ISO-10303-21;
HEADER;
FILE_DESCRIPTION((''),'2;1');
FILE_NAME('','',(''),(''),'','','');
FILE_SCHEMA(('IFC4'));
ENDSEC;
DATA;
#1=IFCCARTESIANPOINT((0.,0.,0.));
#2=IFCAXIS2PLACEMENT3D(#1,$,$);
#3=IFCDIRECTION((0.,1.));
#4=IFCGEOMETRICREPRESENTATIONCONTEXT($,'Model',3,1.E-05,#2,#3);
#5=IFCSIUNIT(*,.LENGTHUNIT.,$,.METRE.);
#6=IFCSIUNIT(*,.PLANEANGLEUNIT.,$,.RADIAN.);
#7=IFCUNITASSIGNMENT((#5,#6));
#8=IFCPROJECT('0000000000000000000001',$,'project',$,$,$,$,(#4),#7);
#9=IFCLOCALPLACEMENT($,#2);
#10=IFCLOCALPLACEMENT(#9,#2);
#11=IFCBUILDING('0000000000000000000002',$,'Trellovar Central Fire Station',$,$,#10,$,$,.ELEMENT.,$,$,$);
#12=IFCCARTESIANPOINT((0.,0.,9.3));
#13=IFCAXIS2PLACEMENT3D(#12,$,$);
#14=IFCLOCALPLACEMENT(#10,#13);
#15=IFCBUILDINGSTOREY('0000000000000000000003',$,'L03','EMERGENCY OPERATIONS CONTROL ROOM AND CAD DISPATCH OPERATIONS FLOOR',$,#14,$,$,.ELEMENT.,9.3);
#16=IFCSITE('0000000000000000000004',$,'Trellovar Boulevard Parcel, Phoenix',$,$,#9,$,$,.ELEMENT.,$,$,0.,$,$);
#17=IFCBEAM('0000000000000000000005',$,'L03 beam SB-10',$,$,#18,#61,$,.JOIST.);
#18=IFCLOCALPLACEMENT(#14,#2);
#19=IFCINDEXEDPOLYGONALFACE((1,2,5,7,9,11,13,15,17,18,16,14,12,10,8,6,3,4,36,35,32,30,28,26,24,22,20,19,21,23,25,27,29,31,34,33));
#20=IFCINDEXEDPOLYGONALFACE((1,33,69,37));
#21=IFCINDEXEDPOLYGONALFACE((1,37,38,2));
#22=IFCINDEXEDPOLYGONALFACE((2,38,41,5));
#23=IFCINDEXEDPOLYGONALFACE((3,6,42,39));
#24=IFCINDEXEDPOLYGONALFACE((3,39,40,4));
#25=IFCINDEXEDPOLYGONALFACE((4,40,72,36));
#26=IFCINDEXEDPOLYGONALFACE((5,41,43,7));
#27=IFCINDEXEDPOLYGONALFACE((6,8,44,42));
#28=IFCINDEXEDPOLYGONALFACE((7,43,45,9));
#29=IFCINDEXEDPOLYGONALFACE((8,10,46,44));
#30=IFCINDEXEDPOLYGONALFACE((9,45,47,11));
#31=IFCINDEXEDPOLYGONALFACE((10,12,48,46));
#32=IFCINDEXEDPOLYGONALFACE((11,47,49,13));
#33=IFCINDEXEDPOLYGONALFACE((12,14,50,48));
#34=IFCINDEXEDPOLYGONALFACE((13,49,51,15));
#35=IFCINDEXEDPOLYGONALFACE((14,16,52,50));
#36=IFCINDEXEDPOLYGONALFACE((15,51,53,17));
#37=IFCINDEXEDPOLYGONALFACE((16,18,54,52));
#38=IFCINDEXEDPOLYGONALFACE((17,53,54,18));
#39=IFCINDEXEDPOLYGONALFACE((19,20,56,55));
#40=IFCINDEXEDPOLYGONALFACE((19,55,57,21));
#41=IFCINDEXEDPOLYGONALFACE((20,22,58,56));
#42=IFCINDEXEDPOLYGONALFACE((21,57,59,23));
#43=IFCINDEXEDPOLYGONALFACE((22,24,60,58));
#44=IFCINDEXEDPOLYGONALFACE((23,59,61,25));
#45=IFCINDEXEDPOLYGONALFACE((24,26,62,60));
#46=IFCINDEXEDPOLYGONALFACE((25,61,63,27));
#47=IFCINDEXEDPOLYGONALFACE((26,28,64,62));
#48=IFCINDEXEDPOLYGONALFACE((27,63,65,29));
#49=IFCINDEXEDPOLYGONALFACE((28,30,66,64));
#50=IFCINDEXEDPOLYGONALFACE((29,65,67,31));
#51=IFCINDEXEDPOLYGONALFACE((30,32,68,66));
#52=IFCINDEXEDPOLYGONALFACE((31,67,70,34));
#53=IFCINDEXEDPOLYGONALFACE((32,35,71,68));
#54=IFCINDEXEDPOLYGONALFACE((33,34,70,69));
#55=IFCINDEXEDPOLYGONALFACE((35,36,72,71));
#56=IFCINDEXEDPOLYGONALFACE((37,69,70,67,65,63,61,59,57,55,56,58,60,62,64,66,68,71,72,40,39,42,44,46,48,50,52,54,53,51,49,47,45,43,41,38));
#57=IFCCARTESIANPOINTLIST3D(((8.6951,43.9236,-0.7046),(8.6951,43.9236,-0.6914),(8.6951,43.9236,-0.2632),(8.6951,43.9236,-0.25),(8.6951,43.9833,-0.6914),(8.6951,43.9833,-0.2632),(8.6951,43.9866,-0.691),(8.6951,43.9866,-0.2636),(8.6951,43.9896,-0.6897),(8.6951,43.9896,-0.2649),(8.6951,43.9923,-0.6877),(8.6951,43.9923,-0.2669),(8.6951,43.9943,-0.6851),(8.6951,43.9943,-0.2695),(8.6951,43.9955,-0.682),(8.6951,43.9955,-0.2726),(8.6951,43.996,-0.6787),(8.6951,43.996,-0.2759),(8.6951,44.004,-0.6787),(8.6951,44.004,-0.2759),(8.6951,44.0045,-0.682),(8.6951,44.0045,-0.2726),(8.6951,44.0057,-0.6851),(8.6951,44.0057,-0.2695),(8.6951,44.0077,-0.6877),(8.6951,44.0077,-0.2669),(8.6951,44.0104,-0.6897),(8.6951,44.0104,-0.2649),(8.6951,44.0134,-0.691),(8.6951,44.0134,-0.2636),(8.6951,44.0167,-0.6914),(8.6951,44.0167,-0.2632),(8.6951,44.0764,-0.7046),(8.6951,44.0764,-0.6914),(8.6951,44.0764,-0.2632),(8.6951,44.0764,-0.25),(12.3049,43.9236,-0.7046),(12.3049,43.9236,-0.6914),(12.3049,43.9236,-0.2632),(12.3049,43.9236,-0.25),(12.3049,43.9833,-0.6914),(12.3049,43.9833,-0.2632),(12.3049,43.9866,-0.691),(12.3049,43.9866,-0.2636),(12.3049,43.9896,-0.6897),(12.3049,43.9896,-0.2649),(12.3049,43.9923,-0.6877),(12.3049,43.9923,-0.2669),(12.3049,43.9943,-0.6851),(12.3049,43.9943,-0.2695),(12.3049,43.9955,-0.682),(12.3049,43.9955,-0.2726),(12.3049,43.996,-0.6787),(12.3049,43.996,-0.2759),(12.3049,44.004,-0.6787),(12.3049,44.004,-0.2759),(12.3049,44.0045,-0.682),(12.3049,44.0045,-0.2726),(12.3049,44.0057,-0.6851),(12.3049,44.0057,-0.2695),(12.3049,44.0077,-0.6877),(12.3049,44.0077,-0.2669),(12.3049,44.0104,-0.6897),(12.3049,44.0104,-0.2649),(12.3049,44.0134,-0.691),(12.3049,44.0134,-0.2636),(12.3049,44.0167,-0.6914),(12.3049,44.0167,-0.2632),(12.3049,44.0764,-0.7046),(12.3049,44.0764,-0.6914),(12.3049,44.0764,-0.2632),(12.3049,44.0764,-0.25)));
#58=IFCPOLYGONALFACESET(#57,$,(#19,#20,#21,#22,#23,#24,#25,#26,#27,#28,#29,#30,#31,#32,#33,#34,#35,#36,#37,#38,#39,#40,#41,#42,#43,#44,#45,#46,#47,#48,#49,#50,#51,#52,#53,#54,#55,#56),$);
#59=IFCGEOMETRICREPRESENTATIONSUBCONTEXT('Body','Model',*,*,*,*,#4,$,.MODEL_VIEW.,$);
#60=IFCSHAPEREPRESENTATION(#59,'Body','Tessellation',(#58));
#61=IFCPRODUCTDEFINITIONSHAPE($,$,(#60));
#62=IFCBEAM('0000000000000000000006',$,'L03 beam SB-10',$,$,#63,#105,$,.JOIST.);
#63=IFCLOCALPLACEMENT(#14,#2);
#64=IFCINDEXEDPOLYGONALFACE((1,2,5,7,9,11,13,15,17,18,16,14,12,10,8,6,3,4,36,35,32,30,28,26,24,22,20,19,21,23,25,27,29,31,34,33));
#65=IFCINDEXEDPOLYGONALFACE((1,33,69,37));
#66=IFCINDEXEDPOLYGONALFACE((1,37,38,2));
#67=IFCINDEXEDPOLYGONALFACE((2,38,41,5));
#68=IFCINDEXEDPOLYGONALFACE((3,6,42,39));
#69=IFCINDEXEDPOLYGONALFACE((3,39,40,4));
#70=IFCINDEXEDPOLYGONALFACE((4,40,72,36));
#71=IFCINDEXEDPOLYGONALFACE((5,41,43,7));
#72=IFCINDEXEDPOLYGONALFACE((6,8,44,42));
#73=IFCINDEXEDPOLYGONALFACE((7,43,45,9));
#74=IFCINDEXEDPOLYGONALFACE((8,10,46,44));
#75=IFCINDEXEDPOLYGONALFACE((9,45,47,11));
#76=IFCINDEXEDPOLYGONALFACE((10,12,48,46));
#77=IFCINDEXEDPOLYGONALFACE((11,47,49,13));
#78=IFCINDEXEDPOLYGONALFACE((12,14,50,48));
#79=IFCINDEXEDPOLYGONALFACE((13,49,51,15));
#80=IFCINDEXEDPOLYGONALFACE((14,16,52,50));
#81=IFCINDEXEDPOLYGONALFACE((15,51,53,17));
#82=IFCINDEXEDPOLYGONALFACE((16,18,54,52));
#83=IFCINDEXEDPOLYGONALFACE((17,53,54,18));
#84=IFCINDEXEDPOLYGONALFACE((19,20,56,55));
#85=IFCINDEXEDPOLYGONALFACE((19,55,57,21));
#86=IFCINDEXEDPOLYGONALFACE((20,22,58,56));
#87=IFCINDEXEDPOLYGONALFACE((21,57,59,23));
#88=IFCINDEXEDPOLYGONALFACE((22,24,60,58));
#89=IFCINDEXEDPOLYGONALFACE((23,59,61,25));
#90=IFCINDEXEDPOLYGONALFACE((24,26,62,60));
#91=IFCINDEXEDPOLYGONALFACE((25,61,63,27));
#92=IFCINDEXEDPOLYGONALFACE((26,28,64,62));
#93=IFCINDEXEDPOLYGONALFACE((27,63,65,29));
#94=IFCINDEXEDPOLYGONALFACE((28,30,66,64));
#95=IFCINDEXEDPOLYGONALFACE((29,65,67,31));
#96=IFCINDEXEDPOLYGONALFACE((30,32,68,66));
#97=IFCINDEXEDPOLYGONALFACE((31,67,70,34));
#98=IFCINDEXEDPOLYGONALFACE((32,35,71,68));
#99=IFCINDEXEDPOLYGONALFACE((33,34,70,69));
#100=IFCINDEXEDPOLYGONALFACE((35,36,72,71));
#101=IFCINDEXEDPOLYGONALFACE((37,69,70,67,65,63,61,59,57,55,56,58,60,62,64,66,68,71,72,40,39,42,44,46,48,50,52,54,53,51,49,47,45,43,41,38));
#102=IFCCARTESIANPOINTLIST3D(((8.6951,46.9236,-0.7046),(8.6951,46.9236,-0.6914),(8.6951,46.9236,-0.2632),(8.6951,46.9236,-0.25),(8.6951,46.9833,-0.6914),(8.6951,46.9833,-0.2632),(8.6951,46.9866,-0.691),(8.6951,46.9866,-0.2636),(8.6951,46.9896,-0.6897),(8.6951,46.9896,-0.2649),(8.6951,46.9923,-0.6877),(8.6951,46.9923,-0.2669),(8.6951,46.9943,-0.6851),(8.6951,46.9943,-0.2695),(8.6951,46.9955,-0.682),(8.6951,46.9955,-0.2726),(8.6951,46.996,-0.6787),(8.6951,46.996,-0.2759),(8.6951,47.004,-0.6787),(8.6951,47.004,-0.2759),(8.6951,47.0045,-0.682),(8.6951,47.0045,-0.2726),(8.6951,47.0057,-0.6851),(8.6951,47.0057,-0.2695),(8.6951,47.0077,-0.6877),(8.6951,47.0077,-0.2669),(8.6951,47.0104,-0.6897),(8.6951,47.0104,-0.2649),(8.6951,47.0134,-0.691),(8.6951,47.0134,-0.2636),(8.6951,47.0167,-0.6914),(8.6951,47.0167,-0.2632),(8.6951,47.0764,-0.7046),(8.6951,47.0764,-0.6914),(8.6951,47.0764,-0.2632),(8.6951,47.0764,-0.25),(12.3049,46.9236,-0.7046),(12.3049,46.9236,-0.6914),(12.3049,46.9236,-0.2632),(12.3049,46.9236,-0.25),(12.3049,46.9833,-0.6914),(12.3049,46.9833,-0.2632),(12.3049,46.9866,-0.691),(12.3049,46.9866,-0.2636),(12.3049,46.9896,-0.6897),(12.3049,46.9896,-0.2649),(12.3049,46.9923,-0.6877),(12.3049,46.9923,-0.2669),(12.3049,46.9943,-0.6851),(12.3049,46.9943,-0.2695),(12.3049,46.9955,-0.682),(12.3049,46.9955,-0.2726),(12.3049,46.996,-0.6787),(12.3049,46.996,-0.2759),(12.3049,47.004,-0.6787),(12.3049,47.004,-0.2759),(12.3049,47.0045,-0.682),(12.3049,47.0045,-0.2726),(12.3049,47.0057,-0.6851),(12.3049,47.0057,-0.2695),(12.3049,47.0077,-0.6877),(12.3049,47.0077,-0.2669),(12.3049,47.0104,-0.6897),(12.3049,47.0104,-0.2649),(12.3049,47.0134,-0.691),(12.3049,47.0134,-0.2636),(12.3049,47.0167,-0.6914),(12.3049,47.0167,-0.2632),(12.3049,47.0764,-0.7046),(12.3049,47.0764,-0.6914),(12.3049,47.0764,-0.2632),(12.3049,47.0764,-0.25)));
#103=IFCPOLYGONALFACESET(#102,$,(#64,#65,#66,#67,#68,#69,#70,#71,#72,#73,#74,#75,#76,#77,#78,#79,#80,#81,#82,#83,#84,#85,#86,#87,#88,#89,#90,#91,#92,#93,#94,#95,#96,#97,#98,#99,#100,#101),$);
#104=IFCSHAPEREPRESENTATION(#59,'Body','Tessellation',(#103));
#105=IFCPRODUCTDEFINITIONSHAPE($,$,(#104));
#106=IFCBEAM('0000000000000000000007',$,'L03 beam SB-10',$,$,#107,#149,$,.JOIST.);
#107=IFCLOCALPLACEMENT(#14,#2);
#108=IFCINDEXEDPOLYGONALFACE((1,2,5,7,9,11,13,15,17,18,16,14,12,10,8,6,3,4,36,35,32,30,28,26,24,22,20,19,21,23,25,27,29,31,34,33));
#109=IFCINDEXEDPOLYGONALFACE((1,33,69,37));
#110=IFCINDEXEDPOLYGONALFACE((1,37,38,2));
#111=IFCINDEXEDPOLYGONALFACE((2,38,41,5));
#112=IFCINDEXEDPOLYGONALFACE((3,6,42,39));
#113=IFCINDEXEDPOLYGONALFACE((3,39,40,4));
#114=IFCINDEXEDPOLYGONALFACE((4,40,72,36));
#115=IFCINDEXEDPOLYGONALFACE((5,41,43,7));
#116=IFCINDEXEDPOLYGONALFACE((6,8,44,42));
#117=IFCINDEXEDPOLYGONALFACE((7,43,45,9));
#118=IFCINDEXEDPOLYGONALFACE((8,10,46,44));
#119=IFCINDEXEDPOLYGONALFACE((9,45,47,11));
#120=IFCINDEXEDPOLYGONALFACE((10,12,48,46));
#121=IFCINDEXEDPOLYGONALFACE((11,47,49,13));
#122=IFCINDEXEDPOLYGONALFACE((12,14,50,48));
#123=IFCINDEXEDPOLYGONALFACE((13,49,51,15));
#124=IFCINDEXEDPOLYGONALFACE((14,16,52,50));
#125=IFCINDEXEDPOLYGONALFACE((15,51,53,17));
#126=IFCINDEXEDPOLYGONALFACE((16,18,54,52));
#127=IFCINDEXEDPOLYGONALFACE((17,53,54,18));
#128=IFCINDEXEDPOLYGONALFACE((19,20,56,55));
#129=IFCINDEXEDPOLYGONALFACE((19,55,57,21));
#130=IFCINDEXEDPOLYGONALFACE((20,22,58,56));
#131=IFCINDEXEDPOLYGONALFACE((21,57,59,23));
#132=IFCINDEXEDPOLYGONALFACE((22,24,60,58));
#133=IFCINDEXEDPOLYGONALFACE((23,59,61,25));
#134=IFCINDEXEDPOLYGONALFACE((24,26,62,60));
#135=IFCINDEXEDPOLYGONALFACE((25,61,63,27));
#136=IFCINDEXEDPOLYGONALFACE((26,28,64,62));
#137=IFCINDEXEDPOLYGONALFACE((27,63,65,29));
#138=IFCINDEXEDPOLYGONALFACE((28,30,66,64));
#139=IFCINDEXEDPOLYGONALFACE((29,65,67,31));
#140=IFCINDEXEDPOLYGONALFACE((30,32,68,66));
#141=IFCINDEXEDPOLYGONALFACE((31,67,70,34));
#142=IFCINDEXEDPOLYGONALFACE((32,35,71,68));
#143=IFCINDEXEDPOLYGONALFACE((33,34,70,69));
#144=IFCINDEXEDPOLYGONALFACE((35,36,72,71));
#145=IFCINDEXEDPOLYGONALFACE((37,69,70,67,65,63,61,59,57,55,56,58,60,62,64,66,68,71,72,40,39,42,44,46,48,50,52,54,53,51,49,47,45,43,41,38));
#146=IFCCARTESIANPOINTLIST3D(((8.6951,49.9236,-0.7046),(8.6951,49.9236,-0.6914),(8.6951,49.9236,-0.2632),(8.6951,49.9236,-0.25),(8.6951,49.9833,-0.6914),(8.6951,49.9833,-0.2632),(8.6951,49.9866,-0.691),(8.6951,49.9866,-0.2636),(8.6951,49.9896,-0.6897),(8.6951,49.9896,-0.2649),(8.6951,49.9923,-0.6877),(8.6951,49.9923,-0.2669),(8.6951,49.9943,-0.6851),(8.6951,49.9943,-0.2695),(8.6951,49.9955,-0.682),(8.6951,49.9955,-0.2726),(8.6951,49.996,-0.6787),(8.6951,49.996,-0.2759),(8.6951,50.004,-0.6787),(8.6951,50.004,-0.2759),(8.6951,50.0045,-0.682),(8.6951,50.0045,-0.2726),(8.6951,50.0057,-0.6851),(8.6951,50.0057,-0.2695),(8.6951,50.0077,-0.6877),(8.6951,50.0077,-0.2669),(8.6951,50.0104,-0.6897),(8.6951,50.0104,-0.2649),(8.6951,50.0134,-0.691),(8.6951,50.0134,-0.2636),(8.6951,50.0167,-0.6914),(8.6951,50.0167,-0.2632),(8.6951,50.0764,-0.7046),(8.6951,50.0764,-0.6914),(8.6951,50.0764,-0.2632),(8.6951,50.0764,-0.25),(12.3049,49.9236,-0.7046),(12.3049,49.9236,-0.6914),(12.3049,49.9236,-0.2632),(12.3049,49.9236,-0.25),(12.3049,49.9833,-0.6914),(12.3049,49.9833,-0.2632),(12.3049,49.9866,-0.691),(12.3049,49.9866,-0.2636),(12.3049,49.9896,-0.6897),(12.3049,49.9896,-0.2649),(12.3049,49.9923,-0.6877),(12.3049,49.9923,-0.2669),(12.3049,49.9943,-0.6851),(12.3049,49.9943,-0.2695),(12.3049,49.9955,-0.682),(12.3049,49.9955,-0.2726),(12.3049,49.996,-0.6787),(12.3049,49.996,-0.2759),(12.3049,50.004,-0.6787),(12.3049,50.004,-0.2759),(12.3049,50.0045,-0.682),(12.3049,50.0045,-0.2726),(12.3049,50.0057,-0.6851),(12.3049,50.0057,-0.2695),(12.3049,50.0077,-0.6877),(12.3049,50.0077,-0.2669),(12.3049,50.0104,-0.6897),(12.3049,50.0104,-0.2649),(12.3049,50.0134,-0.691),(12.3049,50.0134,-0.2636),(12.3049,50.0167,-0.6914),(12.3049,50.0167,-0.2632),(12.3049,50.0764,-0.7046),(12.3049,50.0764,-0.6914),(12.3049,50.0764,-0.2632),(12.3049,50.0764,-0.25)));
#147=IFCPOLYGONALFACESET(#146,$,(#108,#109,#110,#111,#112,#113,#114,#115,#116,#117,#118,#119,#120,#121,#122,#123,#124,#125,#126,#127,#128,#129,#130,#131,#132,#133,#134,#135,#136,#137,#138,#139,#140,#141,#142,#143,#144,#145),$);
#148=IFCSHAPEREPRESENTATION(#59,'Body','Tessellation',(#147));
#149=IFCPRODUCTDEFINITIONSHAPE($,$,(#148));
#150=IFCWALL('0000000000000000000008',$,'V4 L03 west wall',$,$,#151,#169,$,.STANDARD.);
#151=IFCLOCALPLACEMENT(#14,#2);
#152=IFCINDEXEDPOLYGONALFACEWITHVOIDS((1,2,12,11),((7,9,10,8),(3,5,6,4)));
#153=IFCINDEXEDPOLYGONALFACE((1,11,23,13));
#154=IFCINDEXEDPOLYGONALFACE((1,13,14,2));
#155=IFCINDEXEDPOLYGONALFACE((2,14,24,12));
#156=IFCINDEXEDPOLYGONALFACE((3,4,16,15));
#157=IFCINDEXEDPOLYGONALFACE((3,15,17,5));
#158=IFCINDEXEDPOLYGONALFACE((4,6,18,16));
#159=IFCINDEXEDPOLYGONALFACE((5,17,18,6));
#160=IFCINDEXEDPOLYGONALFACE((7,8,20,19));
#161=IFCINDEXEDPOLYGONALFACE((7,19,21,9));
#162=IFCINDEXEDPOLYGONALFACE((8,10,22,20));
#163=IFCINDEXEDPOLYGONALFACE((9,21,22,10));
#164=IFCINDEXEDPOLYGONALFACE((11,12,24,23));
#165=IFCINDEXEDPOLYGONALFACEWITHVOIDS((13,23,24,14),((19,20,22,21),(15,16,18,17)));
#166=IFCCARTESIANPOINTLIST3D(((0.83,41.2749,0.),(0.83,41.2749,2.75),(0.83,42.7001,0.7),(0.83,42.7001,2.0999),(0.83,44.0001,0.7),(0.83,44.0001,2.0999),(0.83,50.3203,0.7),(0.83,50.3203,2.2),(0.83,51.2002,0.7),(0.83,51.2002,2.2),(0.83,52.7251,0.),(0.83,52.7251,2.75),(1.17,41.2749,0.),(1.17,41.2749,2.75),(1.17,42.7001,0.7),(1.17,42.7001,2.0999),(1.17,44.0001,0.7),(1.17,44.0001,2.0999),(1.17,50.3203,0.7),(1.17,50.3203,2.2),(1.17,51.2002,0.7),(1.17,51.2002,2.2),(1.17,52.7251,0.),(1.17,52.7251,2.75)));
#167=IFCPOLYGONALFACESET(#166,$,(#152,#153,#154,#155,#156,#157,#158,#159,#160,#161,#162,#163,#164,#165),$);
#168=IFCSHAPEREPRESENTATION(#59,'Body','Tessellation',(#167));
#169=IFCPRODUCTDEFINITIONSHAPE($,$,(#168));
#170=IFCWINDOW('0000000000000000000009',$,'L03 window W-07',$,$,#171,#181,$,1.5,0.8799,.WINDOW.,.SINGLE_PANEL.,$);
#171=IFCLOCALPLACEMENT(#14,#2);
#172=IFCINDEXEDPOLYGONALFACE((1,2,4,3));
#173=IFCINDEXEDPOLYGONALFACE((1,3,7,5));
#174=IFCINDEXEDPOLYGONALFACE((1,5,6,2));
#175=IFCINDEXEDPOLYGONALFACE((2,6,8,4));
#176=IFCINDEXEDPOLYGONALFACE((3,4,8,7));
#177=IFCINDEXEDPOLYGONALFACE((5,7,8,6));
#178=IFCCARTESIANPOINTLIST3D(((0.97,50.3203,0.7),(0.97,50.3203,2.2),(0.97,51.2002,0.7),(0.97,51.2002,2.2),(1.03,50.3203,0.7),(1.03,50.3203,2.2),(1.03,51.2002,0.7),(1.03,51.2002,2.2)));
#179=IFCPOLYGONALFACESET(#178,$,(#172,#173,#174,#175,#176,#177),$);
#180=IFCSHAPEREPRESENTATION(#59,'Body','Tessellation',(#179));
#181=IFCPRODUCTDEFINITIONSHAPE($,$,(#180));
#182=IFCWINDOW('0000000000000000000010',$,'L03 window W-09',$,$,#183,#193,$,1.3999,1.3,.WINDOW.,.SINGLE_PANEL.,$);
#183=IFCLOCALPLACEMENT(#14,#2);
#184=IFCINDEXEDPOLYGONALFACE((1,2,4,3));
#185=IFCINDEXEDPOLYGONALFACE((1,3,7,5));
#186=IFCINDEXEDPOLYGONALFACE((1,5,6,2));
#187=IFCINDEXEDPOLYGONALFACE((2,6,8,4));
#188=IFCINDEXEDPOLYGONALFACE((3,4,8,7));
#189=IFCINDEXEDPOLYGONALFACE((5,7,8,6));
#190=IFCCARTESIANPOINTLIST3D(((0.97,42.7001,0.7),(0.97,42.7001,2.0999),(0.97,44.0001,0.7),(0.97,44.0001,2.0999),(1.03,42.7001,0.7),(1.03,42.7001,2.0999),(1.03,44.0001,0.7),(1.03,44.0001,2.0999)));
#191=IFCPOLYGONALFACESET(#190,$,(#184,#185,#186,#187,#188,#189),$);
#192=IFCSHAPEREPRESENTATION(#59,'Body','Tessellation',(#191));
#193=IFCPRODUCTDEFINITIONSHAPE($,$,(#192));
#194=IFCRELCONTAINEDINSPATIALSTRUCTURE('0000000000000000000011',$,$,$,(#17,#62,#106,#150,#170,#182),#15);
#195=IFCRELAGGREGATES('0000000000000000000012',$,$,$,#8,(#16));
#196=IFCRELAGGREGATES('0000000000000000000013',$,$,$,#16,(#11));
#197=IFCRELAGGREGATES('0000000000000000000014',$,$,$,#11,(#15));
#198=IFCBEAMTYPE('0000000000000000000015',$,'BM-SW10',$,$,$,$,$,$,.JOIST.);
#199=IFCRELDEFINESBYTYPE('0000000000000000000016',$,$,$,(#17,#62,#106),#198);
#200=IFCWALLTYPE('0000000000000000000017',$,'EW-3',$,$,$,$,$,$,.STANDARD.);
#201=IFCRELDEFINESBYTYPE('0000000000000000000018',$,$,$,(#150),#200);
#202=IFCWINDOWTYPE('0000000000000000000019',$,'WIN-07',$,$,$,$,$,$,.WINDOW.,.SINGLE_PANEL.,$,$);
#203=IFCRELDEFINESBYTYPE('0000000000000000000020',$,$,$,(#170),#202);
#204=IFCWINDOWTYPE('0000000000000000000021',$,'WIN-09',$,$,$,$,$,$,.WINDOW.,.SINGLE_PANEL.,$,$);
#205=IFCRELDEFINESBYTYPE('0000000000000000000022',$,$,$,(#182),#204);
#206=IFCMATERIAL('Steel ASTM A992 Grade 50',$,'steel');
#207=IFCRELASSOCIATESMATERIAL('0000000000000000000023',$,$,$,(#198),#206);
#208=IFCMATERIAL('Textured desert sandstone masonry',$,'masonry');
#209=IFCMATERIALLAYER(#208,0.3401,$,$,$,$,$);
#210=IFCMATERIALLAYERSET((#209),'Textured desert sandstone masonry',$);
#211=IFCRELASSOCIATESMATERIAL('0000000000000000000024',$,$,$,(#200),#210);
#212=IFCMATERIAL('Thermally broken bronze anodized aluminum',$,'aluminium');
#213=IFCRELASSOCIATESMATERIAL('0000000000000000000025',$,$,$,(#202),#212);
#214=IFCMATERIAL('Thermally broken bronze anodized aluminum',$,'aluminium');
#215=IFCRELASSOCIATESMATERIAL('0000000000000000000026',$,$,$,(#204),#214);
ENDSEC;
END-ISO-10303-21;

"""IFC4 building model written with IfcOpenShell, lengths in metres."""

from ifc_helpers import new_model, si_unit, direction, frame, frame_2d, origin, origin_2d, place, context, subcontext, project, spatial, rectangle, i_section, extrude, material, layer, layer_set, material_profile, profile_set, type_object, element, fill, save


model = new_model("IFC4")

# Units and contexts
model_context = context("Model", 3, precision=1e-05, world=origin(), true_north=direction((0.0, 1.0)))
body_context = subcontext(model_context, "Body", "Model", "MODEL_VIEW")
ifc_project = project(units=[si_unit("LENGTHUNIT", "METRE"), si_unit("PLANEANGLEUNIT", "RADIAN")], contexts=[model_context])

# Site, building, storey
site_placement = place(None, origin())
site = spatial("IfcSite", under=ifc_project, at=site_placement, Name="Trellovar Boulevard Parcel, Phoenix", CompositionType="ELEMENT", RefElevation=0.0)
building_placement = place(site_placement, origin())
building = spatial("IfcBuilding", under=site, at=building_placement, Name="Trellovar Central Fire Station", CompositionType="ELEMENT")
storey_placement = place(building_placement, frame((0.0, 0.0, 9.3)))
storey = spatial("IfcBuildingStorey", under=building, at=storey_placement, Name="L03", Description="EMERGENCY OPERATIONS CONTROL ROOM AND CAD DISPATCH OPERATIONS FLOOR", CompositionType="ELEMENT", Elevation=9.3)

# Beams
ifc_material_1 = material(Name="Steel ASTM A992 Grade 50", Category="steel")
ifc_material_profile_1 = material_profile(ifc_material_1, i_section(OverallWidth=0.1528, OverallDepth=0.4546, WebThickness=0.0081, FlangeThickness=0.0132, FilletRadius=0.0127, at=origin_2d()), Name="W18X40")
ifc_profile_set_1 = profile_set([ifc_material_profile_1], Name="Steel ASTM A992 Grade 50")
beam_type_1 = type_object("IfcBeamType", Name="BM-SW10", PredefinedType="JOIST", material=ifc_profile_set_1)
for number, where, z_axis, x_axis, name in (
    (1, (8.6951, 44.0, -0.4773), (1.0, 0.0, 0.0), (0.0, 1.0, 0.0), "L03 beam SB-10"),
    (2, (8.6951, 47.0, -0.4773), (1.0, 0.0, 0.0), (0.0, 1.0, 0.0), "L03 beam SB-10"),
    (3, (8.6951, 50.0, -0.4773), (1.0, 0.0, 0.0), (0.0, 1.0, 0.0), "L03 beam SB-10"),
):
    element("IfcBeam", number, at=place(storey_placement, frame(where, z_axis=z_axis, x_axis=x_axis)), inside=storey, type_object=beam_type_1, Name=name, PredefinedType="JOIST", context=body_context, shape_type="SweptSolid", body=[
        extrude(i_section(OverallWidth=0.1528, OverallDepth=0.4546, WebThickness=0.0081, FlangeThickness=0.0132, FilletRadius=0.0127, at=origin_2d()), origin(), (0.0, 0.0, 1.0), 3.6099),
    ])

# Wall, openings, windows
ifc_material_2 = material(Name="Textured desert sandstone masonry", Category="masonry")
ifc_layer_1 = layer(ifc_material_2, 0.3401)
ifc_layer_set_1 = layer_set([ifc_layer_1], Name="Textured desert sandstone masonry")
wall_type_1 = type_object("IfcWallType", Name="EW-3", PredefinedType="STANDARD", material=ifc_layer_set_1)
wall_1_placement = place(storey_placement, frame((1.0, 52.7251, 0.0), z_axis=(0.0, 0.0, 1.0), x_axis=(0.0, -1.0, 0.0)))
wall_1 = element("IfcWall", 4, at=wall_1_placement, inside=storey, type_object=wall_type_1, Name="V4 L03 west wall", PredefinedType="STANDARD", context=body_context, shape_type="SweptSolid", body=[
    extrude(rectangle(XDim=11.4502, YDim=0.3401, at=frame_2d((5.7251, 0.0))), origin(), (0.0, 0.0, 1.0), 2.75),
])
opening_1_placement = place(wall_1_placement, frame((1.5249, 0.0, 0.7)))
opening_1 = element("IfcOpeningElement", 5, at=opening_1_placement, cuts=wall_1, PredefinedType="OPENING", context=body_context, shape_type="SweptSolid", body=[
    extrude(rectangle(XDim=0.8799, YDim=1.5, at=frame_2d((0.4399, 0.75))), frame((0.0, 0.1799, 0.0), z_axis=(0.0, -1.0, 0.0), x_axis=(1.0, 0.0, 0.0)), (0.0, 0.0, 1.0), 0.3601),
])
opening_2_placement = place(wall_1_placement, frame((8.7251, 0.0, 0.7)))
opening_2 = element("IfcOpeningElement", 6, at=opening_2_placement, cuts=wall_1, PredefinedType="OPENING", context=body_context, shape_type="SweptSolid", body=[
    extrude(rectangle(XDim=1.3, YDim=1.3999, at=frame_2d((0.6499, 0.7))), frame((0.0, 0.1799, 0.0), z_axis=(0.0, -1.0, 0.0), x_axis=(1.0, 0.0, 0.0)), (0.0, 0.0, 1.0), 0.3601),
])
ifc_material_3 = material(Name="Thermally broken bronze anodized aluminum", Category="aluminium")
window_type_1 = type_object("IfcWindowType", Name="WIN-07", PartitioningType="SINGLE_PANEL", PredefinedType="WINDOW", material=ifc_material_3)
window_1_placement = place(opening_1_placement, origin())
window_1 = element("IfcWindow", 7, at=window_1_placement, inside=storey, type_object=window_type_1, Name="L03 window W-07", OverallHeight=1.5, OverallWidth=0.8799, PartitioningType="SINGLE_PANEL", PredefinedType="WINDOW", context=body_context, shape_type="SweptSolid", body=[
    extrude(rectangle(XDim=0.8799, YDim=1.5, at=frame_2d((0.4399, 0.75))), frame((0.0, 0.03, 0.0), z_axis=(0.0, -1.0, 0.0), x_axis=(1.0, 0.0, 0.0)), (0.0, 0.0, 1.0), 0.0601),
])
fill(opening_1, window_1)
ifc_material_4 = material(Name="Thermally broken bronze anodized aluminum", Category="aluminium")
window_type_2 = type_object("IfcWindowType", Name="WIN-09", PartitioningType="SINGLE_PANEL", PredefinedType="WINDOW", material=ifc_material_4)
window_2_placement = place(opening_2_placement, origin())
window_2 = element("IfcWindow", 8, at=window_2_placement, inside=storey, type_object=window_type_2, Name="L03 window W-09", OverallHeight=1.3999, OverallWidth=1.3, PartitioningType="SINGLE_PANEL", PredefinedType="WINDOW", context=body_context, shape_type="SweptSolid", body=[
    extrude(rectangle(XDim=1.3, YDim=1.3999, at=frame_2d((0.6499, 0.7))), frame((0.0, 0.03, 0.0), z_axis=(0.0, -1.0, 0.0), x_axis=(1.0, 0.0, 0.0)), (0.0, 0.0, 1.0), 0.0601),
])
fill(opening_2, window_2)

save(model, "model.ifc")
